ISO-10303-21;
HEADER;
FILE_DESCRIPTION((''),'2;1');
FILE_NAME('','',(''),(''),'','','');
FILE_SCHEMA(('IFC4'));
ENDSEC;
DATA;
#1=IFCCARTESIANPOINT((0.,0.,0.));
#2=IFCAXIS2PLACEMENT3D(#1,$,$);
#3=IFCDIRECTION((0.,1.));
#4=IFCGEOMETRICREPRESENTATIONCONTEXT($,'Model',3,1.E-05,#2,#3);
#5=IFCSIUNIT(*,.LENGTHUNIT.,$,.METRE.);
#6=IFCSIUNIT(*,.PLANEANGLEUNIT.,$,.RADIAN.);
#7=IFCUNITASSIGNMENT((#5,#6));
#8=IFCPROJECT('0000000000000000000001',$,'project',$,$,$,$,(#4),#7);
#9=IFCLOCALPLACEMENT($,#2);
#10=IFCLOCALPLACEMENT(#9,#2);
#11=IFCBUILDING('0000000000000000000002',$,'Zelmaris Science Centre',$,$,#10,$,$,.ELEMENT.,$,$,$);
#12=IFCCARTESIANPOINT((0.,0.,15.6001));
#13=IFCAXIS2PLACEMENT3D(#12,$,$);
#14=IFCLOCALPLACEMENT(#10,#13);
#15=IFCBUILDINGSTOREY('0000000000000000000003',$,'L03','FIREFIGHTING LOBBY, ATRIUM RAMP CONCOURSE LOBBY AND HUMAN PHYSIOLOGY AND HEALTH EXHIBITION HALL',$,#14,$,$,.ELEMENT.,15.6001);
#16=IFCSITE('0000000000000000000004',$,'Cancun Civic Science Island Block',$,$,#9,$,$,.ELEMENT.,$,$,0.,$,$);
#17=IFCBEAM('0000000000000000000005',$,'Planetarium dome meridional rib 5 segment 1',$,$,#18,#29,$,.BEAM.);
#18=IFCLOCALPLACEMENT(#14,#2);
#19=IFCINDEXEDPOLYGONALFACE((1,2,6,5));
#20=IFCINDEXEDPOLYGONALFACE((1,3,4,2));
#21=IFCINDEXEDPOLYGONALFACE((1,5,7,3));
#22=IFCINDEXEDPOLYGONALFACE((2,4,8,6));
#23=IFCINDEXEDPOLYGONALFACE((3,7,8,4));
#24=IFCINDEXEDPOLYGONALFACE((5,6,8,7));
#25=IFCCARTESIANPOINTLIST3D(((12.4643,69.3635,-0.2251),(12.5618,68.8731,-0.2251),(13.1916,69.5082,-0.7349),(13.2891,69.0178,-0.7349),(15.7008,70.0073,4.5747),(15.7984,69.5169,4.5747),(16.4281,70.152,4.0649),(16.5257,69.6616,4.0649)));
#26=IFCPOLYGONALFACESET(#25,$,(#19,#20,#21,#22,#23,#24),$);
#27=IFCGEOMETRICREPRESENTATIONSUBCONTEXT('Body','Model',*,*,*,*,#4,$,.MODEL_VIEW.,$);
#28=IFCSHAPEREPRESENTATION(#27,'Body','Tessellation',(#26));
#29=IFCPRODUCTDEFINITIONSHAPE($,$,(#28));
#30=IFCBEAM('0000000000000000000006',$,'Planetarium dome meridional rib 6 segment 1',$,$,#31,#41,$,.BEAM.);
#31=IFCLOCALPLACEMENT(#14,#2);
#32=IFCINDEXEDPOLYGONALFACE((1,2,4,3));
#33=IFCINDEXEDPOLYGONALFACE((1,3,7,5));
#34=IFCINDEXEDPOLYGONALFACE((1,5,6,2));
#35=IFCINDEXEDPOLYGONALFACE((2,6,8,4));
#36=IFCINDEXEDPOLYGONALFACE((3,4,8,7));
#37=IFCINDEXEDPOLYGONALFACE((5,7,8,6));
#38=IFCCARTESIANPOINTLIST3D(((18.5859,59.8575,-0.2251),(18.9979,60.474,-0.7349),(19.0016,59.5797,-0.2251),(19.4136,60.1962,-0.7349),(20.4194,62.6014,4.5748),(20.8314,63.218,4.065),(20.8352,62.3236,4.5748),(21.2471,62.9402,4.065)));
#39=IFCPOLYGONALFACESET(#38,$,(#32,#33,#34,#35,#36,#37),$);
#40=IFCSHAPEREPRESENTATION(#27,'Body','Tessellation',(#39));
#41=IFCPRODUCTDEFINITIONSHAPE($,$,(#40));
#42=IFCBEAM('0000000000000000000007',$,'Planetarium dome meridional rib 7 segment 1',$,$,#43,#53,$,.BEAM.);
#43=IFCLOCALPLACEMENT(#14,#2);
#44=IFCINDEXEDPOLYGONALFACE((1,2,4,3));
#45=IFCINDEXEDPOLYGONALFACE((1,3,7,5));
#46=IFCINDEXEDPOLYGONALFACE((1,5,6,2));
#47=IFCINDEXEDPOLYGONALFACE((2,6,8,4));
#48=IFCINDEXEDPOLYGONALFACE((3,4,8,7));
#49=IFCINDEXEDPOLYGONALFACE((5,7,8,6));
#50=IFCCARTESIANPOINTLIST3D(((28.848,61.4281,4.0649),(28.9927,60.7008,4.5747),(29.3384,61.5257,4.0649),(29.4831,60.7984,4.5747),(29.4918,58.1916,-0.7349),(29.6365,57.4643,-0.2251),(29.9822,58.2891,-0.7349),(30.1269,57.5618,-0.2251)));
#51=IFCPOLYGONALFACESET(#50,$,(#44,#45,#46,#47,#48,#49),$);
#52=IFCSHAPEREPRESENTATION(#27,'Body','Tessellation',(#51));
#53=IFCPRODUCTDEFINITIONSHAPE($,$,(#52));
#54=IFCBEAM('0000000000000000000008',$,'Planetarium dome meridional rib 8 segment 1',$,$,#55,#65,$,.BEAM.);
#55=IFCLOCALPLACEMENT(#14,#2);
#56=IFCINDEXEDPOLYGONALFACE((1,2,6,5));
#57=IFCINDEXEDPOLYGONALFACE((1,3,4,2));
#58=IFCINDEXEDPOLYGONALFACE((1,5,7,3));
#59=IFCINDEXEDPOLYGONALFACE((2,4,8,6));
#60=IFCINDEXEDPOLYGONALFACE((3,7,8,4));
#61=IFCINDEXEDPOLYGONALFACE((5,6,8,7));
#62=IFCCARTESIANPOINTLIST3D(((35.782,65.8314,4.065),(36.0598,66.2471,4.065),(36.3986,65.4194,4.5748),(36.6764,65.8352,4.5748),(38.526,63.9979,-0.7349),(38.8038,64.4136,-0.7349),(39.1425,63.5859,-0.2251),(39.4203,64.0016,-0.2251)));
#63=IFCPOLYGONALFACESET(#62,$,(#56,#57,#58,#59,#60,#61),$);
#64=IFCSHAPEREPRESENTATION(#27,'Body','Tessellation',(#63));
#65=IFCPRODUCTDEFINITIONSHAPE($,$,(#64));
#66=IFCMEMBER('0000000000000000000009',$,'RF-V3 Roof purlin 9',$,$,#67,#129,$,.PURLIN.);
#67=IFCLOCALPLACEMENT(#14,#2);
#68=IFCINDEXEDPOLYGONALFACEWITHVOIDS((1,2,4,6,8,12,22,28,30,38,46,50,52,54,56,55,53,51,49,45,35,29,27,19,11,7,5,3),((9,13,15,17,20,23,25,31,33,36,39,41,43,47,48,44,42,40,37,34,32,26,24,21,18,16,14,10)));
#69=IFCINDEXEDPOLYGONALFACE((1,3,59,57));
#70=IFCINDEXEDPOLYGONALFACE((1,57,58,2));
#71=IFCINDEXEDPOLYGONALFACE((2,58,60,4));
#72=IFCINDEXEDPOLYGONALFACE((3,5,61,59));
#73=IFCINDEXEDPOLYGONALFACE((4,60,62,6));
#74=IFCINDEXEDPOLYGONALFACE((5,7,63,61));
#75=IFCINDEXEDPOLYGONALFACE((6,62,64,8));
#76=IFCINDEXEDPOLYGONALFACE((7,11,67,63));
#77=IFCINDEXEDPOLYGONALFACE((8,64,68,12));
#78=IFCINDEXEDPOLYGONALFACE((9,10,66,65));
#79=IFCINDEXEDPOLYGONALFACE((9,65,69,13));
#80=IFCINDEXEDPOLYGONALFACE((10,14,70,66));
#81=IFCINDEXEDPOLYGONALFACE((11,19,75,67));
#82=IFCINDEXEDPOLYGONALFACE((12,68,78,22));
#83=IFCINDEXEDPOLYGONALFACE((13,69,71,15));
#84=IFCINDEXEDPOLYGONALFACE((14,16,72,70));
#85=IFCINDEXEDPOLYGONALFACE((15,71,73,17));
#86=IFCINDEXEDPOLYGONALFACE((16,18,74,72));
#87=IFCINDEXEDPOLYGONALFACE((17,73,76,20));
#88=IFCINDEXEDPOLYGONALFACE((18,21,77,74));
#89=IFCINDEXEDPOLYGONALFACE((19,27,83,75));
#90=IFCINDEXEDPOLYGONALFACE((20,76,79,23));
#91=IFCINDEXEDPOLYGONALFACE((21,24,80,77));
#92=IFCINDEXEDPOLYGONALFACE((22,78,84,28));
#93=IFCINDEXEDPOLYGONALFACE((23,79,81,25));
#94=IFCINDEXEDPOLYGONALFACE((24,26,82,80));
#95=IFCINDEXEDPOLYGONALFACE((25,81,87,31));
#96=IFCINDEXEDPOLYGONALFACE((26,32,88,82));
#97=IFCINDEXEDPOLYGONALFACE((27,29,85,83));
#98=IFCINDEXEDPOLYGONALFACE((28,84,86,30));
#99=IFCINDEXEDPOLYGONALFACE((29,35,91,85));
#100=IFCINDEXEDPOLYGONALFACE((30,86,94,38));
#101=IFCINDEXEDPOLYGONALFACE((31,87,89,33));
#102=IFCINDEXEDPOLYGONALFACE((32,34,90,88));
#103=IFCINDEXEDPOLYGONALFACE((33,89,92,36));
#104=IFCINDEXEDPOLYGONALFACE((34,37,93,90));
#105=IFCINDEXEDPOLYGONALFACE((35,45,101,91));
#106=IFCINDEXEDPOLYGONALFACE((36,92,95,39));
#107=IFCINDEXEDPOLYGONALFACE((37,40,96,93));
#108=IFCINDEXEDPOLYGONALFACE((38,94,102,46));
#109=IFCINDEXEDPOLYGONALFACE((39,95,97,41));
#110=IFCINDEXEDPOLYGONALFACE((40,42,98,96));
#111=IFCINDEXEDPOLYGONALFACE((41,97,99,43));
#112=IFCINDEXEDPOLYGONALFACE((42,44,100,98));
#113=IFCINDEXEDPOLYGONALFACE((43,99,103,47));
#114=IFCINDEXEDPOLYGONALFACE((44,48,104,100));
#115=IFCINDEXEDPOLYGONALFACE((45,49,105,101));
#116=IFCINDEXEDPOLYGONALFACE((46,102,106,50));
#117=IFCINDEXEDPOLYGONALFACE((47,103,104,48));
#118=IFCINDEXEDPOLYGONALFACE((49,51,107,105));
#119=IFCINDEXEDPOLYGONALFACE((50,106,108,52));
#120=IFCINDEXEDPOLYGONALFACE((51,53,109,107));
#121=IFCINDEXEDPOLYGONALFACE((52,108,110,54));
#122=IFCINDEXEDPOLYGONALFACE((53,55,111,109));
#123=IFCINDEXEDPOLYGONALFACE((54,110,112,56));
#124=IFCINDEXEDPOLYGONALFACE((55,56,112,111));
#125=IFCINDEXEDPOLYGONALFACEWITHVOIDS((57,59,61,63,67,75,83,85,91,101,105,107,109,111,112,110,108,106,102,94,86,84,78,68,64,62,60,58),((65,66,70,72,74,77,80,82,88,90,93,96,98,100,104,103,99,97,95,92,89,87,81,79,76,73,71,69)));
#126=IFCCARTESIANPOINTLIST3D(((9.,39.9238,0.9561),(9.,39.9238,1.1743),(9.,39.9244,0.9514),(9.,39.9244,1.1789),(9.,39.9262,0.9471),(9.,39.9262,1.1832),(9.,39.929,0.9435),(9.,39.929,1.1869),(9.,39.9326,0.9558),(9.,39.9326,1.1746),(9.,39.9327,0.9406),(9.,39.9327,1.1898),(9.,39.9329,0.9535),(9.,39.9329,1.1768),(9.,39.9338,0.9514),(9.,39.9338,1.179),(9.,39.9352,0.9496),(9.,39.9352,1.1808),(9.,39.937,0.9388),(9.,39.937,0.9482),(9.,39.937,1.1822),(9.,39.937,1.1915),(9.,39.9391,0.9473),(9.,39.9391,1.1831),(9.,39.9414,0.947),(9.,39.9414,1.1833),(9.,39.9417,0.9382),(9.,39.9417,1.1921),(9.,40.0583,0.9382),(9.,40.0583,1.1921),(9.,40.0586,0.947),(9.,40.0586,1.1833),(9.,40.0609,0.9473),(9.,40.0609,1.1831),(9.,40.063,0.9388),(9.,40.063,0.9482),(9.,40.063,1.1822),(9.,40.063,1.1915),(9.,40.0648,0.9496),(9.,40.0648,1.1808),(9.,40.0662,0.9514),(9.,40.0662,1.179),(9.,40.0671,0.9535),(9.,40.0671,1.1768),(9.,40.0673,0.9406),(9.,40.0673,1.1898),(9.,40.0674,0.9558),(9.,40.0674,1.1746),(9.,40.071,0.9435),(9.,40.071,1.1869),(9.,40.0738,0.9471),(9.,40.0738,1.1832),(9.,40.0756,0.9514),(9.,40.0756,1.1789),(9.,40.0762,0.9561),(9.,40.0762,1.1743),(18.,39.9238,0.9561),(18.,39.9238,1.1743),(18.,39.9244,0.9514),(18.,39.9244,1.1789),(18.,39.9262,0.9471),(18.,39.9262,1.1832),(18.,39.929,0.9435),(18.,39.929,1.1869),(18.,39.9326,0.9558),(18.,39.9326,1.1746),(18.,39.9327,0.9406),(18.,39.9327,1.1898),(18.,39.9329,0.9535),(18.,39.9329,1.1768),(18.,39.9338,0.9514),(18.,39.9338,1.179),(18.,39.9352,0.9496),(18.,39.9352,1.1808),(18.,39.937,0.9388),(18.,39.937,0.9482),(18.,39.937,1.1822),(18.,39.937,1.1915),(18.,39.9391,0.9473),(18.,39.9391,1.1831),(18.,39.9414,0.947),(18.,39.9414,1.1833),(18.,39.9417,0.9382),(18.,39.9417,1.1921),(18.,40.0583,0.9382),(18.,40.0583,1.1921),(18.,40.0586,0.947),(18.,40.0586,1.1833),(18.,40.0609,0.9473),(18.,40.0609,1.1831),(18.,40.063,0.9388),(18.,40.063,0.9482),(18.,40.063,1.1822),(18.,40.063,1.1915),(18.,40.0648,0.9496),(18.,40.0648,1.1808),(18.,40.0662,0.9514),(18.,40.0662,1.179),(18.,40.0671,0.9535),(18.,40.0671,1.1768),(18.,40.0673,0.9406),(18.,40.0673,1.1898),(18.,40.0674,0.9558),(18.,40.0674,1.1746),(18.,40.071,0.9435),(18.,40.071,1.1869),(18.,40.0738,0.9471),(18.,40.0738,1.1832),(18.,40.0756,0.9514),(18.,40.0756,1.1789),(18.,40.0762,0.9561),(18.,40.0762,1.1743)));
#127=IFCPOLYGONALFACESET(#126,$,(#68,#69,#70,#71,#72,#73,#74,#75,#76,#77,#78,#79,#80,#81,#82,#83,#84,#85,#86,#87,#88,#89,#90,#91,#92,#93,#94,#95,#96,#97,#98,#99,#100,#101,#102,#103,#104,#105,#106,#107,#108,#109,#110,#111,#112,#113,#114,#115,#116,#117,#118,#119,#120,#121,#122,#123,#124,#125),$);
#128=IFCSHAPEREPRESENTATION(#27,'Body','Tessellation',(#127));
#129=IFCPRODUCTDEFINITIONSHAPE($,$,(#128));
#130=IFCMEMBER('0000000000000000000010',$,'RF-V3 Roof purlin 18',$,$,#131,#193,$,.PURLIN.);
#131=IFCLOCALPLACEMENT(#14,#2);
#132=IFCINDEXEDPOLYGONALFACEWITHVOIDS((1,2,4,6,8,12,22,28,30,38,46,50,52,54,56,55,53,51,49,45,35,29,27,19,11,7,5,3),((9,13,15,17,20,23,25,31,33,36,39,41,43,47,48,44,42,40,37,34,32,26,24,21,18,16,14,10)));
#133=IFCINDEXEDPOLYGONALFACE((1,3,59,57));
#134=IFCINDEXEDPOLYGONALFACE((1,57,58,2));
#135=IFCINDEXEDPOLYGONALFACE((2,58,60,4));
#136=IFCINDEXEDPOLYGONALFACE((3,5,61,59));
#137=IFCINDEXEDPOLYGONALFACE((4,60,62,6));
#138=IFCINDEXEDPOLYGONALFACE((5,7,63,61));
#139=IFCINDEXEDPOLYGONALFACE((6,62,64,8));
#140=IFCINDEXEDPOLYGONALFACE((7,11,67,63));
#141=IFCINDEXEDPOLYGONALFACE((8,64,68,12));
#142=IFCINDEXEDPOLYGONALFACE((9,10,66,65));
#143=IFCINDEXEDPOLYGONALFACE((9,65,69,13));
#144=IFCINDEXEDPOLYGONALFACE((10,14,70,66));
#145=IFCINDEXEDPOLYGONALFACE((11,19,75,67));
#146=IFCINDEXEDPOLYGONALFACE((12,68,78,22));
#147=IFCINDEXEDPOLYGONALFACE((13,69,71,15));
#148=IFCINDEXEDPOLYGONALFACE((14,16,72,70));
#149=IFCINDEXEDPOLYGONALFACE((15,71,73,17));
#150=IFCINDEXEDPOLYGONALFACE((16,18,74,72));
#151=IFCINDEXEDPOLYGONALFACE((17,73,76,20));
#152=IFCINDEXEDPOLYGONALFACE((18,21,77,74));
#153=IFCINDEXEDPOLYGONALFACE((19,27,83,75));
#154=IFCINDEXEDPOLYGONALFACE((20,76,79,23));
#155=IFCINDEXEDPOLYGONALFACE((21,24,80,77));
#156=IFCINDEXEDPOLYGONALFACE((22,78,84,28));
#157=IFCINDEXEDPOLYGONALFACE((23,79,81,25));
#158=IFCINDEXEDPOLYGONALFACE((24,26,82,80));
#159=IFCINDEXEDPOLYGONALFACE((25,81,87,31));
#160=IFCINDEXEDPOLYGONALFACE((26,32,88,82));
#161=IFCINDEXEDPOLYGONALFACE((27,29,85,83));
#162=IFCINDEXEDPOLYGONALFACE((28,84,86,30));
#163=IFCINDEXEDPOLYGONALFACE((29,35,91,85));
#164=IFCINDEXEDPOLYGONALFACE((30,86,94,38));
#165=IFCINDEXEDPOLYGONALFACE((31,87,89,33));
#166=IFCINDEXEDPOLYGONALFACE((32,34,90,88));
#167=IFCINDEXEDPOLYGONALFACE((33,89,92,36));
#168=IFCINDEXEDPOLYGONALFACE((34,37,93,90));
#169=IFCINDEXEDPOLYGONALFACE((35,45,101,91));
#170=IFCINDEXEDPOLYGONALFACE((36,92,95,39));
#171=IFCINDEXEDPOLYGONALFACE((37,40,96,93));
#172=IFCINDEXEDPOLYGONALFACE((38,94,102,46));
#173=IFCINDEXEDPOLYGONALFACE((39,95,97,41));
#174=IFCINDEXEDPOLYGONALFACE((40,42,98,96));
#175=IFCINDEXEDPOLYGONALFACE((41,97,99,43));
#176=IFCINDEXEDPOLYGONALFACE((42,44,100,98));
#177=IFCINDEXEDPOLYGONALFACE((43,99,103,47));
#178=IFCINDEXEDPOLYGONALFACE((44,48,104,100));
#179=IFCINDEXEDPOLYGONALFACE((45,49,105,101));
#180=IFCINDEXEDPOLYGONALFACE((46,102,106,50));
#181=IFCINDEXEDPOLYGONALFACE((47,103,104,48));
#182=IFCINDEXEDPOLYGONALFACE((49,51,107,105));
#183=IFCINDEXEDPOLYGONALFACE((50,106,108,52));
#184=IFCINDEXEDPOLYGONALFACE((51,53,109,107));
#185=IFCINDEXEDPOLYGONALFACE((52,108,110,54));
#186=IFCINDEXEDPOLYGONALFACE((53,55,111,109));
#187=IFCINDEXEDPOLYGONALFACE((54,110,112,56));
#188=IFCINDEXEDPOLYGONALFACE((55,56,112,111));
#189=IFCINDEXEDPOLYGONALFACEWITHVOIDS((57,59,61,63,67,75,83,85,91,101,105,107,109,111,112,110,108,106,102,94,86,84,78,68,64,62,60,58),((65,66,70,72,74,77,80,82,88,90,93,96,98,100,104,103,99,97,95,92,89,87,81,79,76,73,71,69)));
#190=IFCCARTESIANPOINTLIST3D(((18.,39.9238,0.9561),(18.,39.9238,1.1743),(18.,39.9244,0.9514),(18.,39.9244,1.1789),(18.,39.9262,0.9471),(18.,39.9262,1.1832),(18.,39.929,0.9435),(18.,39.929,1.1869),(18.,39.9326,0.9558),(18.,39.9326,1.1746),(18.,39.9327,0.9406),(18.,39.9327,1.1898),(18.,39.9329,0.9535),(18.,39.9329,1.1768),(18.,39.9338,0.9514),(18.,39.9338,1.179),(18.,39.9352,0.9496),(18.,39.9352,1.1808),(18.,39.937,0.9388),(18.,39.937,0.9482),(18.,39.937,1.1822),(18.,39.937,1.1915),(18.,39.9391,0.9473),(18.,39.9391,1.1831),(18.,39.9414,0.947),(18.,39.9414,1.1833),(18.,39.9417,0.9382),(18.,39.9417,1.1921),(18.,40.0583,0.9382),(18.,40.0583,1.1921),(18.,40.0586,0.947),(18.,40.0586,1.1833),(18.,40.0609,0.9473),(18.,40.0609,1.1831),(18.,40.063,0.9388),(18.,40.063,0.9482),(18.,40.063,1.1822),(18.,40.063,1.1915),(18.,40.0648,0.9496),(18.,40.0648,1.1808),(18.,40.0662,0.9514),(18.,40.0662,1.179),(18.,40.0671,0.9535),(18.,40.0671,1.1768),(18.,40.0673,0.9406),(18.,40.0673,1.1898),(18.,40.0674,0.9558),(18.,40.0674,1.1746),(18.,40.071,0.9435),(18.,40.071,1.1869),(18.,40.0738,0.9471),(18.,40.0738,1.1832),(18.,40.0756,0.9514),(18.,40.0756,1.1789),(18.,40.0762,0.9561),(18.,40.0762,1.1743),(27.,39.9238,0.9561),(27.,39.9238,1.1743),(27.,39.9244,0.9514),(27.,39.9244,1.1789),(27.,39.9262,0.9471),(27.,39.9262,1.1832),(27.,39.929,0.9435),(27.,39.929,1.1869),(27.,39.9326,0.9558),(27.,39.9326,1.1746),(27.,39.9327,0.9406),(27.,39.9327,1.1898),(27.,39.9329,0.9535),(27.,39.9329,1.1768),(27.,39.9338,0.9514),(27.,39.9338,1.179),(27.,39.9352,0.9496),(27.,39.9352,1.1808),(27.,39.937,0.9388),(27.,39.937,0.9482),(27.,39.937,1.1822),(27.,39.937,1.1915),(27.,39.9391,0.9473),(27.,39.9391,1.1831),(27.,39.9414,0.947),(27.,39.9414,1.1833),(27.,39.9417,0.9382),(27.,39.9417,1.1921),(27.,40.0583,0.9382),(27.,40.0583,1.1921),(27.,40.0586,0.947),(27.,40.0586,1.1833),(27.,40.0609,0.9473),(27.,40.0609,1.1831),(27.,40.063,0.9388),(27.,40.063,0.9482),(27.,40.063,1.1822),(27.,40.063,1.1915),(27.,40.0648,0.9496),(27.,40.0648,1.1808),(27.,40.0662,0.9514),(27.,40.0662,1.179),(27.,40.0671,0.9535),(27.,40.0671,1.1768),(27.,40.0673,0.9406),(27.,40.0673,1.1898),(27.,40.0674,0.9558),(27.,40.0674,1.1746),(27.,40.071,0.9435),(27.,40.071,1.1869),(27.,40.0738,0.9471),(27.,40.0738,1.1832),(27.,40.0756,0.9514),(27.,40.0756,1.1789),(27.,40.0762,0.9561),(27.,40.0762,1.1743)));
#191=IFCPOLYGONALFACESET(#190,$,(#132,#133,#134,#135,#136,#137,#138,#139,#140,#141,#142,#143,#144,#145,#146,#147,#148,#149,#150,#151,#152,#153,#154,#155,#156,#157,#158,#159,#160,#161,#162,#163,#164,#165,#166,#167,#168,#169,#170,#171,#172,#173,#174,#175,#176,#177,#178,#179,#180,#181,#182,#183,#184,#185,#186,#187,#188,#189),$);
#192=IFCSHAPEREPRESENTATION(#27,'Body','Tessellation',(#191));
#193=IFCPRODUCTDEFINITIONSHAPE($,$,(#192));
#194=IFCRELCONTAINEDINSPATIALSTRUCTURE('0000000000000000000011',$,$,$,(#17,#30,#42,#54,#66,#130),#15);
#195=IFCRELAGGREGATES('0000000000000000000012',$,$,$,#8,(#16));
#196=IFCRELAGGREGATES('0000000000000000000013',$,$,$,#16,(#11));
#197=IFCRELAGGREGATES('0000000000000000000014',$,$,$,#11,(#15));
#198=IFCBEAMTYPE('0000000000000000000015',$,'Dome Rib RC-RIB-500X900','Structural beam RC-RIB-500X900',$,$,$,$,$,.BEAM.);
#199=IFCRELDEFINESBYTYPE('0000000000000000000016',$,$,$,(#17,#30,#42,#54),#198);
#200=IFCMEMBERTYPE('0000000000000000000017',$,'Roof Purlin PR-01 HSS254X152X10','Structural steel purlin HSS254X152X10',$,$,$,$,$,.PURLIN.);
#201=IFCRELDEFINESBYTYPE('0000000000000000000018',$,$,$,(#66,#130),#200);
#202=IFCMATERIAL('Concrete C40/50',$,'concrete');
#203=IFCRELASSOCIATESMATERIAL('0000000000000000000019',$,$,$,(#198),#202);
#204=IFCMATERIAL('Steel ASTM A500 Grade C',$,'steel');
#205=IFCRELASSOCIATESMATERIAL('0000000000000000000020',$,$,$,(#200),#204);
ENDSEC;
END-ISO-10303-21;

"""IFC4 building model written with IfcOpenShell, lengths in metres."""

from ifc_helpers import new_model, si_unit, direction, frame, origin, origin_2d, place, context, subcontext, project, spatial, rectangle, hollow_rectangle, extrude, material, material_profile, profile_set, type_object, element, save


model = new_model("IFC4")

# Units and contexts
model_context = context("Model", 3, precision=1e-05, world=origin(), true_north=direction((0.0, 1.0)))
body_context = subcontext(model_context, "Body", "Model", "MODEL_VIEW")
ifc_project = project(units=[si_unit("LENGTHUNIT", "METRE"), si_unit("PLANEANGLEUNIT", "RADIAN")], contexts=[model_context])

# Site, building, storey
site_placement = place(None, origin())
site = spatial("IfcSite", under=ifc_project, at=site_placement, Name="Cancun Civic Science Island Block", CompositionType="ELEMENT", RefElevation=0.0)
building_placement = place(site_placement, origin())
building = spatial("IfcBuilding", under=site, at=building_placement, Name="Zelmaris Science Centre", CompositionType="ELEMENT")
storey_placement = place(building_placement, frame((0.0, 0.0, 15.6001)))
storey = spatial("IfcBuildingStorey", under=building, at=storey_placement, Name="L03", Description="FIREFIGHTING LOBBY, ATRIUM RAMP CONCOURSE LOBBY AND HUMAN PHYSIOLOGY AND HEALTH EXHIBITION HALL", CompositionType="ELEMENT", Elevation=15.6001)

# Beams
ifc_material_1 = material(Name="Concrete C40/50", Category="concrete")
ifc_material_profile_1 = material_profile(ifc_material_1, rectangle(XDim=0.5, YDim=0.8999, at=origin_2d()), Name="RC-RIB-500X900")
ifc_profile_set_1 = profile_set([ifc_material_profile_1], Name="Concrete C40/50")
beam_type_1 = type_object("IfcBeamType", Name="Dome Rib RC-RIB-500X900", Description="Structural beam RC-RIB-500X900", PredefinedType="BEAM", material=ifc_profile_set_1)
beam_1_placement = place(storey_placement, frame((12.8767, 69.1907, -0.48), z_axis=(0.555656, 0.110528, 0.824033), x_axis=(-0.195092, 0.980785, 0.0)))
element("IfcBeam", 1, at=beam_1_placement, inside=storey, type_object=beam_type_1, Name="Planetarium dome meridional rib 5 segment 1", PredefinedType="BEAM", context=body_context, shape_type="SweptSolid", body=[
    extrude(rectangle(XDim=0.5, YDim=0.8999, at=origin_2d()), origin(), (0.0, 0.0, 1.0), 5.8247),
])
beam_2_placement = place(storey_placement, frame((18.9998, 60.0269, -0.48), z_axis=(0.314772, 0.471068, 0.824023), x_axis=(-0.831458, 0.555588, 0.0)))
element("IfcBeam", 2, at=beam_2_placement, inside=storey, type_object=beam_type_1, Name="Planetarium dome meridional rib 6 segment 1", PredefinedType="BEAM", context=body_context, shape_type="SweptSolid", body=[
    extrude(rectangle(XDim=0.5, YDim=0.8999, at=origin_2d()), origin(), (0.0, 0.0, 1.0), 5.825),
])
beam_3_placement = place(storey_placement, frame((29.8093, 57.8767, -0.48), z_axis=(-0.110528, 0.555656, 0.824033), x_axis=(-0.980785, -0.195092, 0.0)))
element("IfcBeam", 3, at=beam_3_placement, inside=storey, type_object=beam_type_1, Name="Planetarium dome meridional rib 7 segment 1", PredefinedType="BEAM", context=body_context, shape_type="SweptSolid", body=[
    extrude(rectangle(XDim=0.5, YDim=0.8999, at=origin_2d()), origin(), (0.0, 0.0, 1.0), 5.8247),
])
beam_4_placement = place(storey_placement, frame((38.9731, 63.9998, -0.48), z_axis=(-0.471068, 0.314772, 0.824023), x_axis=(-0.555588, -0.831458, 0.0)))
element("IfcBeam", 4, at=beam_4_placement, inside=storey, type_object=beam_type_1, Name="Planetarium dome meridional rib 8 segment 1", PredefinedType="BEAM", context=body_context, shape_type="SweptSolid", body=[
    extrude(rectangle(XDim=0.5, YDim=0.8999, at=origin_2d()), origin(), (0.0, 0.0, 1.0), 5.825),
])

# Members
ifc_material_2 = material(Name="Steel ASTM A500 Grade C", Category="steel")
ifc_material_profile_2 = material_profile(ifc_material_2, hollow_rectangle(XDim=0.1523, YDim=0.2539, WallThickness=0.0088, InnerFilletRadius=0.0088, OuterFilletRadius=0.0178, at=origin_2d()), Name="HSS254X152X10")
ifc_profile_set_2 = profile_set([ifc_material_profile_2], Name="Steel ASTM A500 Grade C")
member_type_1 = type_object("IfcMemberType", Name="Roof Purlin PR-01 HSS254X152X10", Description="Structural steel purlin HSS254X152X10", PredefinedType="PURLIN", material=ifc_profile_set_2)
for number, where, z_axis, x_axis, name in (
    (5, (9.0, 40.0, 1.0652), (1.0, 0.0, 0.0), (0.0, 1.0, 0.0), "RF-V3 Roof purlin 9"),
    (6, (18.0, 40.0, 1.0652), (1.0, 0.0, 0.0), (0.0, 1.0, 0.0), "RF-V3 Roof purlin 18"),
):
    element("IfcMember", number, at=place(storey_placement, frame(where, z_axis=z_axis, x_axis=x_axis)), inside=storey, type_object=member_type_1, Name=name, PredefinedType="PURLIN", context=body_context, shape_type="SweptSolid", body=[
        extrude(hollow_rectangle(XDim=0.1523, YDim=0.2539, WallThickness=0.0088, InnerFilletRadius=0.0088, OuterFilletRadius=0.0178, at=origin_2d()), origin(), (0.0, 0.0, 1.0), 9.0),
    ])

save(model, "model.ifc")
